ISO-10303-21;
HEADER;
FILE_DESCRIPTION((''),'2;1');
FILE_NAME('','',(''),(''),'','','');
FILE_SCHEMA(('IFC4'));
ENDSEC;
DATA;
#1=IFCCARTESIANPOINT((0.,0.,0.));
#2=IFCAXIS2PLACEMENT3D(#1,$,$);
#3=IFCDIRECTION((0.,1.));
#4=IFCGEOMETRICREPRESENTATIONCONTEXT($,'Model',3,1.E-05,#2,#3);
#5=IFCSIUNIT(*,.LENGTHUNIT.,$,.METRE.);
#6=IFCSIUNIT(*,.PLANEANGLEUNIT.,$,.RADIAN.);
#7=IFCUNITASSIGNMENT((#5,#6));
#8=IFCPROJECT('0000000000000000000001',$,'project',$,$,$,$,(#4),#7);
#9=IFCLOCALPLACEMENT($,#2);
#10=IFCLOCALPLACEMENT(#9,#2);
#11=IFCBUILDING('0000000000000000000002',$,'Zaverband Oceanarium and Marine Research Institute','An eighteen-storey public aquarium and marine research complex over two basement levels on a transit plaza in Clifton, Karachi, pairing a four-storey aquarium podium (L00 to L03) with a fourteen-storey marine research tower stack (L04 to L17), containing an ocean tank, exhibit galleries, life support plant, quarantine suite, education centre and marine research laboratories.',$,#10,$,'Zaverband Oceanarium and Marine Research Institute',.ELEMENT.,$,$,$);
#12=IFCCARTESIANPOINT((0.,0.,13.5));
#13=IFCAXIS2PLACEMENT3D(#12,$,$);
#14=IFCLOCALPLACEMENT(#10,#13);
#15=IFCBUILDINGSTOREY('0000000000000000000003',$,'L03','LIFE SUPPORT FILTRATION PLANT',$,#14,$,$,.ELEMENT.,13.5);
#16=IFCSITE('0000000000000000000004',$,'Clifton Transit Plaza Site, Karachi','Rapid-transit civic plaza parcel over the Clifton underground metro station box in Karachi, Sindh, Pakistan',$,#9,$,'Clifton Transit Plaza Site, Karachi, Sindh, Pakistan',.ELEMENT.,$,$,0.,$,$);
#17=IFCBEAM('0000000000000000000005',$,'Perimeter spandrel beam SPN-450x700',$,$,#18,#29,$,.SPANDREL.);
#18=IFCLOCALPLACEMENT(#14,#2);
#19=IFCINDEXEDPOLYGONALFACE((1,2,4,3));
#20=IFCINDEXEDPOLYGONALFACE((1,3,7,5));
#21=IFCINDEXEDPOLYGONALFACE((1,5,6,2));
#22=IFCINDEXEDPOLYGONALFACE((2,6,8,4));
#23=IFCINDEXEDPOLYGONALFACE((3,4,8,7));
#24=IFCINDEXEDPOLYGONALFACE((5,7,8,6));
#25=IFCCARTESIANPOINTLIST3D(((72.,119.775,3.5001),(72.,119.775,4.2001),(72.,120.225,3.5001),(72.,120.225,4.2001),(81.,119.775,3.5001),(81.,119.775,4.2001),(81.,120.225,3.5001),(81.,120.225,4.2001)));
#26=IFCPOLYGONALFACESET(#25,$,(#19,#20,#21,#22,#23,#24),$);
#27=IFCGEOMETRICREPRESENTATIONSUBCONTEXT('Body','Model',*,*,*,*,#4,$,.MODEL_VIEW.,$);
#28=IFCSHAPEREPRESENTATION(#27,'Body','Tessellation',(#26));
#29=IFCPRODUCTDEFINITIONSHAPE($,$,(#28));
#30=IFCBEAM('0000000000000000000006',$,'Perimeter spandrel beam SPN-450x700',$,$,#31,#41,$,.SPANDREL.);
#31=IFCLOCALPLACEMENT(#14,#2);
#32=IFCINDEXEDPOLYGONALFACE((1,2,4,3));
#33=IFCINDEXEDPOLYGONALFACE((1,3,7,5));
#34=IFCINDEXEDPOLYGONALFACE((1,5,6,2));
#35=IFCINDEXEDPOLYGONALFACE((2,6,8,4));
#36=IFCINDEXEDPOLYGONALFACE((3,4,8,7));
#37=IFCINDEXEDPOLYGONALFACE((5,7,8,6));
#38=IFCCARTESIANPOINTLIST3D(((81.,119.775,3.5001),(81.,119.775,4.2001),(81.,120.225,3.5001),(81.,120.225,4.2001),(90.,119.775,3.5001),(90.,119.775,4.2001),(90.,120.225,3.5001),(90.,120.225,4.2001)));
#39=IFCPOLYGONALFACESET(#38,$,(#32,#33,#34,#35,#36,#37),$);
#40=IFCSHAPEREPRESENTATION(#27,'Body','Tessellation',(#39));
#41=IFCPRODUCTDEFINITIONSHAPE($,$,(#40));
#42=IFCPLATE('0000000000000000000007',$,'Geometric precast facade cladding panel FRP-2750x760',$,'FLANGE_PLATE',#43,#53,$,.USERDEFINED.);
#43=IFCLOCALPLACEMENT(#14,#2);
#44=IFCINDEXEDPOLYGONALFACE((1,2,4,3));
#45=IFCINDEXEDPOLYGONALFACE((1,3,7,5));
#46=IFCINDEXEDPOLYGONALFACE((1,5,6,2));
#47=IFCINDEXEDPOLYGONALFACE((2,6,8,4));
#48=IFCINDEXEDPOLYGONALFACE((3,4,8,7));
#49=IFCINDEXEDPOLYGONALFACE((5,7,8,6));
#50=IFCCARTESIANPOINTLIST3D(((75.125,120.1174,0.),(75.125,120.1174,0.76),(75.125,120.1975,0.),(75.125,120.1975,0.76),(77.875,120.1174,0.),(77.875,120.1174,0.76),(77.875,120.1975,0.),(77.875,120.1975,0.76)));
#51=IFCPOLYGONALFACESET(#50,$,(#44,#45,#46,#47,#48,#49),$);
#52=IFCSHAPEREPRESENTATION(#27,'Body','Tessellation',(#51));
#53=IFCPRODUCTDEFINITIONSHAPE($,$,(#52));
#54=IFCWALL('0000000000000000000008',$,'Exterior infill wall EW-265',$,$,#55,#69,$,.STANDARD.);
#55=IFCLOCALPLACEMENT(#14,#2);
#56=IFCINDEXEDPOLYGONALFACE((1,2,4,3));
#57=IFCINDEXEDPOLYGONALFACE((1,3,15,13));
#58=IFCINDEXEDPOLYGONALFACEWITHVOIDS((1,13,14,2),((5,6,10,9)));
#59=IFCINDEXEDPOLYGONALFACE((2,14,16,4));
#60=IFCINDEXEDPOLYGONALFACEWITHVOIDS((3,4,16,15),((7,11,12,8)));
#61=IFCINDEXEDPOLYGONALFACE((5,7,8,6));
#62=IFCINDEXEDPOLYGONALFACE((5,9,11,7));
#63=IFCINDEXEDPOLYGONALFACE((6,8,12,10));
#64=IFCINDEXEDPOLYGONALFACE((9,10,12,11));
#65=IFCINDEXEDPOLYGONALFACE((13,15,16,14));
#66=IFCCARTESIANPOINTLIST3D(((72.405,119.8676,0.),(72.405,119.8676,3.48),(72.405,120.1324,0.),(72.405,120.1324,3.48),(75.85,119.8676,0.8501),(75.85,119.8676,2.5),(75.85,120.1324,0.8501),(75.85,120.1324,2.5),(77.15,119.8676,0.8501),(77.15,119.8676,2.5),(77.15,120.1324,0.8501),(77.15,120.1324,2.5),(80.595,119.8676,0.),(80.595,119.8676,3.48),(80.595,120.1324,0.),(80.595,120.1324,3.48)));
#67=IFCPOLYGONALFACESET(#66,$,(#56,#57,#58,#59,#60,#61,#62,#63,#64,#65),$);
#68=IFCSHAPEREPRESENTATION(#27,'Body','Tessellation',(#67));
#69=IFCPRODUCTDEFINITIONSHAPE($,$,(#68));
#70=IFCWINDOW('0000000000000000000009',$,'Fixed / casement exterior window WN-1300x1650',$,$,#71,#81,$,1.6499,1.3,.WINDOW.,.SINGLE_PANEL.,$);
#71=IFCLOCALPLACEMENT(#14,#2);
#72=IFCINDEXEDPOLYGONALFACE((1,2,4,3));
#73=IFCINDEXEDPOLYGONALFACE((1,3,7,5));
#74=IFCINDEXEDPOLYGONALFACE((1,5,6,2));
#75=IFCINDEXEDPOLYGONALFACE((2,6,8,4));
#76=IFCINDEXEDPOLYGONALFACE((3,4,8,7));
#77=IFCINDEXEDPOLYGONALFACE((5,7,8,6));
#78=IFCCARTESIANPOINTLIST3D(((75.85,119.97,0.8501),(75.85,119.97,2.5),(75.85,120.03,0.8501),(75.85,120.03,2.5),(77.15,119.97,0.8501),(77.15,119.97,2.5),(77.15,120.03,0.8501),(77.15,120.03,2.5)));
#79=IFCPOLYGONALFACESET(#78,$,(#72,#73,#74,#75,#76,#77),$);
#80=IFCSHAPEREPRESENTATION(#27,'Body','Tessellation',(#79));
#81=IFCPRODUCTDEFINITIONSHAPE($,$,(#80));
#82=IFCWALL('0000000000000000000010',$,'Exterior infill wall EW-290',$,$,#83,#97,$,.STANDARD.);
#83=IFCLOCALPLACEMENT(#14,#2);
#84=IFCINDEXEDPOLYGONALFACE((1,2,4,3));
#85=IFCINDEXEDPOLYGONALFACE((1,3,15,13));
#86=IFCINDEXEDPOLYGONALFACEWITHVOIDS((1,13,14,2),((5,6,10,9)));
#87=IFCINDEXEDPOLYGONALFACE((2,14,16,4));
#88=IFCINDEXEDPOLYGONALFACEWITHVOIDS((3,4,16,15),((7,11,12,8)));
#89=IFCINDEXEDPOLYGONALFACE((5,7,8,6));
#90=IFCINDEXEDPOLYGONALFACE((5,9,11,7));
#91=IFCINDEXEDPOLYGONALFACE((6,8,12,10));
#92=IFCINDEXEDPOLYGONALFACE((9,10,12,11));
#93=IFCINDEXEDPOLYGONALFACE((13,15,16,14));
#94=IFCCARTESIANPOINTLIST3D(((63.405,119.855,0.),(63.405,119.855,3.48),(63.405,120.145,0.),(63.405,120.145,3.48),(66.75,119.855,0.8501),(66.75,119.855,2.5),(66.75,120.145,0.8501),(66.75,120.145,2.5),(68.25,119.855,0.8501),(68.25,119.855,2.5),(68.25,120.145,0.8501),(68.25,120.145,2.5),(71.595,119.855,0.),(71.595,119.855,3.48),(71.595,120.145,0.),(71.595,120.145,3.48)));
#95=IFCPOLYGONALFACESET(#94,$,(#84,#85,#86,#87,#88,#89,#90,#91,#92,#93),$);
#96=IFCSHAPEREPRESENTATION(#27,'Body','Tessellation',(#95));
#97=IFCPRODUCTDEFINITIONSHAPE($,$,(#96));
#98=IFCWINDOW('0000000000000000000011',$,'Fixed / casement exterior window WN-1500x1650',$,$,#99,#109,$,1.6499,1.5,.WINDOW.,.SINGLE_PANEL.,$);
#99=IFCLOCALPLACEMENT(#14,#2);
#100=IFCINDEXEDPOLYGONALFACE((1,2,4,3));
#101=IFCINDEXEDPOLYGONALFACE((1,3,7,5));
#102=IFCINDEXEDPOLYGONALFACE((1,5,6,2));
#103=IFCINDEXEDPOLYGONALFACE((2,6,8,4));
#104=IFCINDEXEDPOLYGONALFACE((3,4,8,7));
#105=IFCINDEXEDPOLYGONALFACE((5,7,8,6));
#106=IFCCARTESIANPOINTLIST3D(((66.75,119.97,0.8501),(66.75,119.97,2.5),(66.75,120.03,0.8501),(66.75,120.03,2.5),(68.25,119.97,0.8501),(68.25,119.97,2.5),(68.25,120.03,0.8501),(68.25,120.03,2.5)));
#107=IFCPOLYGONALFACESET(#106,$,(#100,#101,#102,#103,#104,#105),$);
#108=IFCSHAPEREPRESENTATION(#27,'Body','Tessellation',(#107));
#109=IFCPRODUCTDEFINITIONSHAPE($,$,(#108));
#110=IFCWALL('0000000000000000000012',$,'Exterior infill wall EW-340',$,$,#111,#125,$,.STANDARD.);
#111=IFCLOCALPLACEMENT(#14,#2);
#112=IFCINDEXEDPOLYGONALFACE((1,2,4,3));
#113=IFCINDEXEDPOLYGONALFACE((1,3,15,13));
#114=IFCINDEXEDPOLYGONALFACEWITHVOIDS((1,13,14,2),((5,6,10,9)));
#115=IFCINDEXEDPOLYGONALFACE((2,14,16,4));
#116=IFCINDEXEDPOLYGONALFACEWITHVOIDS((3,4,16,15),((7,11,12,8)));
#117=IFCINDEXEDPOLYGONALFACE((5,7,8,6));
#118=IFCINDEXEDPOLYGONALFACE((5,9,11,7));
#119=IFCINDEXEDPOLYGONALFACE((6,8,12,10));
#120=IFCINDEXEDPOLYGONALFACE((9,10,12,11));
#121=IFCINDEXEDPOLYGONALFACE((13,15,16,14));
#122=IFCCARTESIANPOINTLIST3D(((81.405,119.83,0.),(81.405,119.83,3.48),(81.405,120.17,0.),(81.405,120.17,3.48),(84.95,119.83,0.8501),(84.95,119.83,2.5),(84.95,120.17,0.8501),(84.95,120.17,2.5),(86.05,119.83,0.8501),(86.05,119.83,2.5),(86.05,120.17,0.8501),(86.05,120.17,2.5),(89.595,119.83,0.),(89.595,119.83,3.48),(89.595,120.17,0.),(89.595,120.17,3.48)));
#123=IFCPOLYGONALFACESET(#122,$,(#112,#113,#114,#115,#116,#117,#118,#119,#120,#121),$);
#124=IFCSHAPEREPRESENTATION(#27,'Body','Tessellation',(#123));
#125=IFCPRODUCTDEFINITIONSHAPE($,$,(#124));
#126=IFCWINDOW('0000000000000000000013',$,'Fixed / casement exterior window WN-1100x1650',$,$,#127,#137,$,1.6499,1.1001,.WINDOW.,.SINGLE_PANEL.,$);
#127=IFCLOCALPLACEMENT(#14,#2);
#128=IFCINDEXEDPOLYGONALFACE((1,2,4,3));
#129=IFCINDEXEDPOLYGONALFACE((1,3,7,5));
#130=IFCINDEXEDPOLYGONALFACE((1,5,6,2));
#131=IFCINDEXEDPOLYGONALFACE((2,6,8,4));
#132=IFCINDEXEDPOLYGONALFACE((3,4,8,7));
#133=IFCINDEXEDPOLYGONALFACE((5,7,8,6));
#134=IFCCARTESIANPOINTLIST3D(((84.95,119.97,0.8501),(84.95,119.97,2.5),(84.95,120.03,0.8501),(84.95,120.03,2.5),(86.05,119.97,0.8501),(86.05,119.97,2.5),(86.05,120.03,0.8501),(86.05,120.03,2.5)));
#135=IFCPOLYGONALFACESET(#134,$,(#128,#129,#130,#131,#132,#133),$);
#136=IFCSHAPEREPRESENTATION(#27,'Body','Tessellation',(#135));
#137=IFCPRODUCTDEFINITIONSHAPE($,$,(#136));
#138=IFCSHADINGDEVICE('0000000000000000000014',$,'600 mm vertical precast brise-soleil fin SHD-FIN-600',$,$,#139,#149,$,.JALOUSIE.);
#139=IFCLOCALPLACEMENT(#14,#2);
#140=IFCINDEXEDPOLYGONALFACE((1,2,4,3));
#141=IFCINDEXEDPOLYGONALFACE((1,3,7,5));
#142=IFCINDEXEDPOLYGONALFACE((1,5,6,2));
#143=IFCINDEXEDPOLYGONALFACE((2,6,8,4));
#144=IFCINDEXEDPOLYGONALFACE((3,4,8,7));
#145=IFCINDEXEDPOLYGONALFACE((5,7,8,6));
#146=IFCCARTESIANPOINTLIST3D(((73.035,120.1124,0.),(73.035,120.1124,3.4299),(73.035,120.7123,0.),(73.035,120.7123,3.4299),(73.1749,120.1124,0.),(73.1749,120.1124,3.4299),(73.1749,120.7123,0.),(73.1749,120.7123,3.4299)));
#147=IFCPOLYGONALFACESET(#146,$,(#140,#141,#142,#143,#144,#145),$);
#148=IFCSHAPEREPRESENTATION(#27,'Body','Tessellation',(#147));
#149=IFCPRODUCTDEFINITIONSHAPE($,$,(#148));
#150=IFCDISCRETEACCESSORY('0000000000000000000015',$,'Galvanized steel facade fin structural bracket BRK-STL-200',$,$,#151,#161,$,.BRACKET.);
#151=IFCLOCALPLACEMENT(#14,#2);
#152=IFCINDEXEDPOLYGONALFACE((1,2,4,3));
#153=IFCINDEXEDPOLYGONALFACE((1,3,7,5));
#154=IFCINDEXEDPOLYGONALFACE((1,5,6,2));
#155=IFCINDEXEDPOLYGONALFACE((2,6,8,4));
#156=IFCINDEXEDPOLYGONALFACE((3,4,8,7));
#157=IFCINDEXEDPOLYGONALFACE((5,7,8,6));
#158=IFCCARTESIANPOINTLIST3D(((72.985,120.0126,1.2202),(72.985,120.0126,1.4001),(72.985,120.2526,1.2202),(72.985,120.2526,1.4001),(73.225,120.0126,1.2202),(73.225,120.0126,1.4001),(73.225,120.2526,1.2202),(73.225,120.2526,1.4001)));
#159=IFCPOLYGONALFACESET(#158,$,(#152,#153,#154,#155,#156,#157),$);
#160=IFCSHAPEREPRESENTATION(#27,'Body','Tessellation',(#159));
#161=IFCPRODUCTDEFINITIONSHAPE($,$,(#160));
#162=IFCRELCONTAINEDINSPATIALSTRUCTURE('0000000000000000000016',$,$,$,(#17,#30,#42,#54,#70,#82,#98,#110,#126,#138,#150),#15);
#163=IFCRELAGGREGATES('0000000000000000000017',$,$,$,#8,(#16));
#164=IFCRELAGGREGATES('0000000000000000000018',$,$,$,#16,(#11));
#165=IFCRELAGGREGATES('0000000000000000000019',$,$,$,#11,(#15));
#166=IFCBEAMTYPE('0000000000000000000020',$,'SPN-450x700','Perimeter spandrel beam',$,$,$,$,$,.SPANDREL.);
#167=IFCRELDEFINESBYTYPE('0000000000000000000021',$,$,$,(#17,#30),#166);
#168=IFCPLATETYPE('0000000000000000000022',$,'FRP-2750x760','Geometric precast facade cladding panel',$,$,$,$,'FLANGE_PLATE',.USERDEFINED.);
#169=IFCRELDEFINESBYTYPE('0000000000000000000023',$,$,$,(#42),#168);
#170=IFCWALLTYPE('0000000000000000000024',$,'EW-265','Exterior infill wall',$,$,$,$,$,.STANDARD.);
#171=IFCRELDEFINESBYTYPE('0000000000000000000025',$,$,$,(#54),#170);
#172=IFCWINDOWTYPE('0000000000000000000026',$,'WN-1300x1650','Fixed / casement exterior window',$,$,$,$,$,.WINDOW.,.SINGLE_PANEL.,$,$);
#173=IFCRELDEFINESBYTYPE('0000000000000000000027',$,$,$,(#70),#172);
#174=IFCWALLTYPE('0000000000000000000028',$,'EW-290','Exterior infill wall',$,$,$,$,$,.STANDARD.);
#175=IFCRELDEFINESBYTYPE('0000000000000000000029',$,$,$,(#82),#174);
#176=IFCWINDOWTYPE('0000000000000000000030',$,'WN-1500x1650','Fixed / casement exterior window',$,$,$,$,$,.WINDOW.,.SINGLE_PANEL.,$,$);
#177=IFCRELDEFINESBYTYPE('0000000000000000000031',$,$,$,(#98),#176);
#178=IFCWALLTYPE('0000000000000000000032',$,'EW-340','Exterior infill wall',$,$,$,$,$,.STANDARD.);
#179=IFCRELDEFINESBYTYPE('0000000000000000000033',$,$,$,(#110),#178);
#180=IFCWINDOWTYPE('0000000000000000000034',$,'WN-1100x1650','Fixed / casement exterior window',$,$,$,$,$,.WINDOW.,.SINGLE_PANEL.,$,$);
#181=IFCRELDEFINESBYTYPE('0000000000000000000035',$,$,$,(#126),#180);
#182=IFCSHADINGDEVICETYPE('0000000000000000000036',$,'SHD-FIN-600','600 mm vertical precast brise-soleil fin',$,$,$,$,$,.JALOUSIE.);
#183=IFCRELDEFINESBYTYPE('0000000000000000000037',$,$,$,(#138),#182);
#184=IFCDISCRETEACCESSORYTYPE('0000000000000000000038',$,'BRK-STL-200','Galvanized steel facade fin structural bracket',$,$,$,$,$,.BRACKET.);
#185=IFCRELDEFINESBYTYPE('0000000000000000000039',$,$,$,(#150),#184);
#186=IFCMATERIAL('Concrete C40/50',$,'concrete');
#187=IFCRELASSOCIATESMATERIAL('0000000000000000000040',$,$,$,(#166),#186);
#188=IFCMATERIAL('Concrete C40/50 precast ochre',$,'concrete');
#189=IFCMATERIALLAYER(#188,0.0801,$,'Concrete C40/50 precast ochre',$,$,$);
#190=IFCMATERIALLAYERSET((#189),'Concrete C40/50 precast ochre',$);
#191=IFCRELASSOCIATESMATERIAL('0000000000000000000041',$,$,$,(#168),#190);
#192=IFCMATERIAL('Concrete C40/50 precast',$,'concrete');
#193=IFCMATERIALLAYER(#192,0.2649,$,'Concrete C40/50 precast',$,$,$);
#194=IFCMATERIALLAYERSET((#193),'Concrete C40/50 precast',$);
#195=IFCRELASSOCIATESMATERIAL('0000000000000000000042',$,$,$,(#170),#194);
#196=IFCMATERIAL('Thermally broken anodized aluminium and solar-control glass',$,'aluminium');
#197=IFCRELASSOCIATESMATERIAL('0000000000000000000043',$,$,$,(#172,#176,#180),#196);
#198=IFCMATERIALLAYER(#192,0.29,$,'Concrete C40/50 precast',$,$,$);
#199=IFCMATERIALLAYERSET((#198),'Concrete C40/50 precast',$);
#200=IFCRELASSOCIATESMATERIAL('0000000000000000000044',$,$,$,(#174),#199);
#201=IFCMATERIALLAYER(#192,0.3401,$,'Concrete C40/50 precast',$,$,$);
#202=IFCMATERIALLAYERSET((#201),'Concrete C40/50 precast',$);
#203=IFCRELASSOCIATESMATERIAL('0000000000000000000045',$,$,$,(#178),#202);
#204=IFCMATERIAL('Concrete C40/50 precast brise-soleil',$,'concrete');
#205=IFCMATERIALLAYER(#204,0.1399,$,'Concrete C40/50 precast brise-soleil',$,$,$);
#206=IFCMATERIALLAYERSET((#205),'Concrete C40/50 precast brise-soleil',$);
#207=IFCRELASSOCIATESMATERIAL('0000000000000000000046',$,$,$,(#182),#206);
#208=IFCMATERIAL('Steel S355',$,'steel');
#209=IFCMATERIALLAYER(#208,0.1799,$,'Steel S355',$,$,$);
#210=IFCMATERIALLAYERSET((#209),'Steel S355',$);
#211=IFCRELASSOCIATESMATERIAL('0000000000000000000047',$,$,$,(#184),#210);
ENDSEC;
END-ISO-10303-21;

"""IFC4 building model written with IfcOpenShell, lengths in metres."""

from ifc_helpers import new_model, si_unit, direction, frame, frame_2d, origin, origin_2d, place, context, subcontext, project, spatial, rectangle, extrude, material, layer, layer_set, material_profile, profile_set, type_object, element, fill, save


model = new_model("IFC4")

# Units and contexts
model_context = context("Model", 3, precision=1e-05, world=origin(), true_north=direction((0.0, 1.0)))
body_context = subcontext(model_context, "Body", "Model", "MODEL_VIEW")
ifc_project = project(units=[si_unit("LENGTHUNIT", "METRE"), si_unit("PLANEANGLEUNIT", "RADIAN")], contexts=[model_context])

# Site, building, storey
site_placement = place(None, origin())
site = spatial("IfcSite", under=ifc_project, at=site_placement, Name="Clifton Transit Plaza Site, Karachi", Description="Rapid-transit civic plaza parcel over the Clifton underground metro station box in Karachi, Sindh, Pakistan", LongName="Clifton Transit Plaza Site, Karachi, Sindh, Pakistan", CompositionType="ELEMENT", RefElevation=0.0)
building_placement = place(site_placement, origin())
building = spatial("IfcBuilding", under=site, at=building_placement, Name="Zaverband Oceanarium and Marine Research Institute", Description="An eighteen-storey public aquarium and marine research complex over two basement levels on a transit plaza in Clifton, Karachi, pairing a four-storey aquarium podium (L00 to L03) with a fourteen-storey marine research tower stack (L04 to L17), containing an ocean tank, exhibit galleries, life support plant, quarantine suite, education centre and marine research laboratories.", LongName="Zaverband Oceanarium and Marine Research Institute", CompositionType="ELEMENT")
storey_placement = place(building_placement, frame((0.0, 0.0, 13.5)))
storey = spatial("IfcBuildingStorey", under=building, at=storey_placement, Name="L03", Description="LIFE SUPPORT FILTRATION PLANT", CompositionType="ELEMENT", Elevation=13.5)

# Beams
ifc_material_1 = material(Name="Concrete C40/50", Category="concrete")
ifc_material_profile_1 = material_profile(ifc_material_1, rectangle(XDim=0.45, YDim=0.7, at=origin_2d()), Name="RC450x700")
ifc_profile_set_1 = profile_set([ifc_material_profile_1], Name="Concrete C40/50")
beam_type_1 = type_object("IfcBeamType", Name="SPN-450x700", Description="Perimeter spandrel beam", PredefinedType="SPANDREL", material=ifc_profile_set_1)
for number, where, z_axis, x_axis, name in (
    (1, (72.0, 120.0, 3.8501), (1.0, 0.0, 0.0), (0.0, 1.0, 0.0), "Perimeter spandrel beam SPN-450x700"),
    (2, (81.0, 120.0, 3.8501), (1.0, 0.0, 0.0), (0.0, 1.0, 0.0), "Perimeter spandrel beam SPN-450x700"),
):
    element("IfcBeam", number, at=place(storey_placement, frame(where, z_axis=z_axis, x_axis=x_axis)), inside=storey, type_object=beam_type_1, Name=name, PredefinedType="SPANDREL", context=body_context, shape_type="SweptSolid", body=[
        extrude(rectangle(XDim=0.45, YDim=0.7, at=origin_2d()), origin(), (0.0, 0.0, 1.0), 9.0),
    ])

# Plate
ifc_material_2 = material(Name="Concrete C40/50 precast ochre", Category="concrete")
ifc_layer_1 = layer(ifc_material_2, 0.0801, Name="Concrete C40/50 precast ochre")
ifc_layer_set_1 = layer_set([ifc_layer_1], Name="Concrete C40/50 precast ochre")
plate_type = type_object("IfcPlateType", Name="FRP-2750x760", Description="Geometric precast facade cladding panel", ElementType="FLANGE_PLATE", PredefinedType="USERDEFINED", material=ifc_layer_set_1)
plate_placement = place(storey_placement, frame((75.125, 120.1575, 0.0), z_axis=(0.0, 0.0, 1.0), x_axis=(1.0, 0.0, 0.0)))
element("IfcPlate", 3, at=plate_placement, inside=storey, type_object=plate_type, Name="Geometric precast facade cladding panel FRP-2750x760", ObjectType="FLANGE_PLATE", PredefinedType="USERDEFINED", context=body_context, shape_type="SweptSolid", body=[
    extrude(rectangle(XDim=2.75, YDim=0.0801, at=frame_2d((1.375, 0.0))), origin(), (0.0, 0.0, 1.0), 0.76),
])

# Walls, openings, windows
ifc_material_3 = material(Name="Concrete C40/50 precast", Category="concrete")
ifc_layer_2 = layer(ifc_material_3, 0.2649, Name="Concrete C40/50 precast")
ifc_layer_set_2 = layer_set([ifc_layer_2], Name="Concrete C40/50 precast")
wall_type_1 = type_object("IfcWallType", Name="EW-265", Description="Exterior infill wall", PredefinedType="STANDARD", material=ifc_layer_set_2)
wall_1_placement = place(storey_placement, frame((72.405, 120.0, 0.0), z_axis=(0.0, 0.0, 1.0), x_axis=(1.0, 0.0, 0.0)))
wall_1 = element("IfcWall", 4, at=wall_1_placement, inside=storey, type_object=wall_type_1, Name="Exterior infill wall EW-265", PredefinedType="STANDARD", context=body_context, shape_type="SweptSolid", body=[
    extrude(rectangle(XDim=8.1899, YDim=0.2649, at=frame_2d((4.095, 0.0))), origin(), (0.0, 0.0, 1.0), 3.48),
])
opening_1_placement = place(wall_1_placement, frame((3.4451, 0.0, 0.8501)))
opening_1 = element("IfcOpeningElement", 5, at=opening_1_placement, cuts=wall_1, PredefinedType="OPENING", context=body_context, shape_type="SweptSolid", body=[
    extrude(rectangle(XDim=1.3, YDim=1.6499, at=frame_2d((0.6499, 0.825))), frame((0.0, 0.1445, 0.0), z_axis=(0.0, -1.0, 0.0), x_axis=(1.0, 0.0, 0.0)), (0.0, 0.0, 1.0), 0.2888),
])
ifc_material_4 = material(Name="Thermally broken anodized aluminium and solar-control glass", Category="aluminium")
window_type_1 = type_object("IfcWindowType", Name="WN-1300x1650", Description="Fixed / casement exterior window", PartitioningType="SINGLE_PANEL", PredefinedType="WINDOW", material=ifc_material_4)
window_1_placement = place(opening_1_placement, origin())
window_1 = element("IfcWindow", 6, at=window_1_placement, inside=storey, type_object=window_type_1, Name="Fixed / casement exterior window WN-1300x1650", OverallHeight=1.6499, OverallWidth=1.3, PartitioningType="SINGLE_PANEL", PredefinedType="WINDOW", context=body_context, shape_type="SweptSolid", body=[
    extrude(rectangle(XDim=1.3, YDim=1.6499, at=frame_2d((0.6499, 0.825))), frame((0.0, 0.03, 0.0), z_axis=(0.0, -1.0, 0.0), x_axis=(1.0, 0.0, 0.0)), (0.0, 0.0, 1.0), 0.0601),
])
fill(opening_1, window_1)
ifc_layer_3 = layer(ifc_material_3, 0.29, Name="Concrete C40/50 precast")
ifc_layer_set_3 = layer_set([ifc_layer_3], Name="Concrete C40/50 precast")
wall_type_2 = type_object("IfcWallType", Name="EW-290", Description="Exterior infill wall", PredefinedType="STANDARD", material=ifc_layer_set_3)
wall_2_placement = place(storey_placement, frame((63.405, 120.0, 0.0), z_axis=(0.0, 0.0, 1.0), x_axis=(1.0, 0.0, 0.0)))
wall_2 = element("IfcWall", 7, at=wall_2_placement, inside=storey, type_object=wall_type_2, Name="Exterior infill wall EW-290", PredefinedType="STANDARD", context=body_context, shape_type="SweptSolid", body=[
    extrude(rectangle(XDim=8.1899, YDim=0.29, at=frame_2d((4.095, 0.0))), origin(), (0.0, 0.0, 1.0), 3.48),
])
opening_2_placement = place(wall_2_placement, frame((3.345, 0.0, 0.8501)))
opening_2 = element("IfcOpeningElement", 8, at=opening_2_placement, cuts=wall_2, PredefinedType="OPENING", context=body_context, shape_type="SweptSolid", body=[
    extrude(rectangle(XDim=1.5, YDim=1.6499, at=frame_2d((0.75, 0.825))), frame((0.0, 0.157, 0.0), z_axis=(0.0, -1.0, 0.0), x_axis=(1.0, 0.0, 0.0)), (0.0, 0.0, 1.0), 0.314),
])
window_type_2 = type_object("IfcWindowType", Name="WN-1500x1650", Description="Fixed / casement exterior window", PartitioningType="SINGLE_PANEL", PredefinedType="WINDOW", material=ifc_material_4)
window_2_placement = place(opening_2_placement, origin())
window_2 = element("IfcWindow", 9, at=window_2_placement, inside=storey, type_object=window_type_2, Name="Fixed / casement exterior window WN-1500x1650", OverallHeight=1.6499, OverallWidth=1.5, PartitioningType="SINGLE_PANEL", PredefinedType="WINDOW", context=body_context, shape_type="SweptSolid", body=[
    extrude(rectangle(XDim=1.5, YDim=1.6499, at=frame_2d((0.75, 0.825))), frame((0.0, 0.03, 0.0), z_axis=(0.0, -1.0, 0.0), x_axis=(1.0, 0.0, 0.0)), (0.0, 0.0, 1.0), 0.0601),
])
fill(opening_2, window_2)
ifc_layer_4 = layer(ifc_material_3, 0.3401, Name="Concrete C40/50 precast")
ifc_layer_set_4 = layer_set([ifc_layer_4], Name="Concrete C40/50 precast")
wall_type_3 = type_object("IfcWallType", Name="EW-340", Description="Exterior infill wall", PredefinedType="STANDARD", material=ifc_layer_set_4)
wall_3_placement = place(storey_placement, frame((81.405, 120.0, 0.0), z_axis=(0.0, 0.0, 1.0), x_axis=(1.0, 0.0, 0.0)))
wall_3 = element("IfcWall", 10, at=wall_3_placement, inside=storey, type_object=wall_type_3, Name="Exterior infill wall EW-340", PredefinedType="STANDARD", context=body_context, shape_type="SweptSolid", body=[
    extrude(rectangle(XDim=8.1899, YDim=0.3401, at=frame_2d((4.095, 0.0))), origin(), (0.0, 0.0, 1.0), 3.48),
])
opening_3_placement = place(wall_3_placement, frame((3.5449, 0.0, 0.8501)))
opening_3 = element("IfcOpeningElement", 11, at=opening_3_placement, cuts=wall_3, PredefinedType="OPENING", context=body_context, shape_type="SweptSolid", body=[
    extrude(rectangle(XDim=1.1001, YDim=1.6499, at=frame_2d((0.55, 0.825))), frame((0.0, 0.1821, 0.0), z_axis=(0.0, -1.0, 0.0), x_axis=(1.0, 0.0, 0.0)), (0.0, 0.0, 1.0), 0.364),
])
window_type_3 = type_object("IfcWindowType", Name="WN-1100x1650", Description="Fixed / casement exterior window", PartitioningType="SINGLE_PANEL", PredefinedType="WINDOW", material=ifc_material_4)
window_3_placement = place(opening_3_placement, origin())
window_3 = element("IfcWindow", 12, at=window_3_placement, inside=storey, type_object=window_type_3, Name="Fixed / casement exterior window WN-1100x1650", OverallHeight=1.6499, OverallWidth=1.1001, PartitioningType="SINGLE_PANEL", PredefinedType="WINDOW", context=body_context, shape_type="SweptSolid", body=[
    extrude(rectangle(XDim=1.1001, YDim=1.6499, at=frame_2d((0.55, 0.825))), frame((0.0, 0.03, 0.0), z_axis=(0.0, -1.0, 0.0), x_axis=(1.0, 0.0, 0.0)), (0.0, 0.0, 1.0), 0.0601),
])
fill(opening_3, window_3)

# Shading device
ifc_material_5 = material(Name="Concrete C40/50 precast brise-soleil", Category="concrete")
ifc_layer_5 = layer(ifc_material_5, 0.1399, Name="Concrete C40/50 precast brise-soleil")
ifc_layer_set_5 = layer_set([ifc_layer_5], Name="Concrete C40/50 precast brise-soleil")
shading_device_type = type_object("IfcShadingDeviceType", Name="SHD-FIN-600", Description="600 mm vertical precast brise-soleil fin", PredefinedType="JALOUSIE", material=ifc_layer_set_5)
shading_device_placement = place(storey_placement, frame((73.105, 120.1125, 0.0), z_axis=(0.0, 0.0, 1.0), x_axis=(0.0, 1.0, 0.0)))
element("IfcShadingDevice", 13, at=shading_device_placement, inside=storey, type_object=shading_device_type, Name="600 mm vertical precast brise-soleil fin SHD-FIN-600", PredefinedType="JALOUSIE", context=body_context, shape_type="SweptSolid", body=[
    extrude(rectangle(XDim=0.5999, YDim=0.1399, at=frame_2d((0.2998, 0.0))), origin(), (0.0, 0.0, 1.0), 3.4299),
])

# Discrete accessory
ifc_material_6 = material(Name="Steel S355", Category="steel")
ifc_layer_6 = layer(ifc_material_6, 0.1799, Name="Steel S355")
ifc_layer_set_6 = layer_set([ifc_layer_6], Name="Steel S355")
discrete_accessory_type = type_object("IfcDiscreteAccessoryType", Name="BRK-STL-200", Description="Galvanized steel facade fin structural bracket", PredefinedType="BRACKET", material=ifc_layer_set_6)
discrete_accessory_placement = place(storey_placement, frame((73.105, 120.1326, 1.2202), z_axis=(0.0, 0.0, 1.0), x_axis=(1.0, 0.0, 0.0)))
element("IfcDiscreteAccessory", 14, at=discrete_accessory_placement, inside=storey, type_object=discrete_accessory_type, Name="Galvanized steel facade fin structural bracket BRK-STL-200", PredefinedType="BRACKET", context=body_context, shape_type="SweptSolid", body=[
    extrude(rectangle(XDim=0.24, YDim=0.24, at=origin_2d()), origin(), (0.0, 0.0, 1.0), 0.1799),
])

save(model, "model.ifc")
